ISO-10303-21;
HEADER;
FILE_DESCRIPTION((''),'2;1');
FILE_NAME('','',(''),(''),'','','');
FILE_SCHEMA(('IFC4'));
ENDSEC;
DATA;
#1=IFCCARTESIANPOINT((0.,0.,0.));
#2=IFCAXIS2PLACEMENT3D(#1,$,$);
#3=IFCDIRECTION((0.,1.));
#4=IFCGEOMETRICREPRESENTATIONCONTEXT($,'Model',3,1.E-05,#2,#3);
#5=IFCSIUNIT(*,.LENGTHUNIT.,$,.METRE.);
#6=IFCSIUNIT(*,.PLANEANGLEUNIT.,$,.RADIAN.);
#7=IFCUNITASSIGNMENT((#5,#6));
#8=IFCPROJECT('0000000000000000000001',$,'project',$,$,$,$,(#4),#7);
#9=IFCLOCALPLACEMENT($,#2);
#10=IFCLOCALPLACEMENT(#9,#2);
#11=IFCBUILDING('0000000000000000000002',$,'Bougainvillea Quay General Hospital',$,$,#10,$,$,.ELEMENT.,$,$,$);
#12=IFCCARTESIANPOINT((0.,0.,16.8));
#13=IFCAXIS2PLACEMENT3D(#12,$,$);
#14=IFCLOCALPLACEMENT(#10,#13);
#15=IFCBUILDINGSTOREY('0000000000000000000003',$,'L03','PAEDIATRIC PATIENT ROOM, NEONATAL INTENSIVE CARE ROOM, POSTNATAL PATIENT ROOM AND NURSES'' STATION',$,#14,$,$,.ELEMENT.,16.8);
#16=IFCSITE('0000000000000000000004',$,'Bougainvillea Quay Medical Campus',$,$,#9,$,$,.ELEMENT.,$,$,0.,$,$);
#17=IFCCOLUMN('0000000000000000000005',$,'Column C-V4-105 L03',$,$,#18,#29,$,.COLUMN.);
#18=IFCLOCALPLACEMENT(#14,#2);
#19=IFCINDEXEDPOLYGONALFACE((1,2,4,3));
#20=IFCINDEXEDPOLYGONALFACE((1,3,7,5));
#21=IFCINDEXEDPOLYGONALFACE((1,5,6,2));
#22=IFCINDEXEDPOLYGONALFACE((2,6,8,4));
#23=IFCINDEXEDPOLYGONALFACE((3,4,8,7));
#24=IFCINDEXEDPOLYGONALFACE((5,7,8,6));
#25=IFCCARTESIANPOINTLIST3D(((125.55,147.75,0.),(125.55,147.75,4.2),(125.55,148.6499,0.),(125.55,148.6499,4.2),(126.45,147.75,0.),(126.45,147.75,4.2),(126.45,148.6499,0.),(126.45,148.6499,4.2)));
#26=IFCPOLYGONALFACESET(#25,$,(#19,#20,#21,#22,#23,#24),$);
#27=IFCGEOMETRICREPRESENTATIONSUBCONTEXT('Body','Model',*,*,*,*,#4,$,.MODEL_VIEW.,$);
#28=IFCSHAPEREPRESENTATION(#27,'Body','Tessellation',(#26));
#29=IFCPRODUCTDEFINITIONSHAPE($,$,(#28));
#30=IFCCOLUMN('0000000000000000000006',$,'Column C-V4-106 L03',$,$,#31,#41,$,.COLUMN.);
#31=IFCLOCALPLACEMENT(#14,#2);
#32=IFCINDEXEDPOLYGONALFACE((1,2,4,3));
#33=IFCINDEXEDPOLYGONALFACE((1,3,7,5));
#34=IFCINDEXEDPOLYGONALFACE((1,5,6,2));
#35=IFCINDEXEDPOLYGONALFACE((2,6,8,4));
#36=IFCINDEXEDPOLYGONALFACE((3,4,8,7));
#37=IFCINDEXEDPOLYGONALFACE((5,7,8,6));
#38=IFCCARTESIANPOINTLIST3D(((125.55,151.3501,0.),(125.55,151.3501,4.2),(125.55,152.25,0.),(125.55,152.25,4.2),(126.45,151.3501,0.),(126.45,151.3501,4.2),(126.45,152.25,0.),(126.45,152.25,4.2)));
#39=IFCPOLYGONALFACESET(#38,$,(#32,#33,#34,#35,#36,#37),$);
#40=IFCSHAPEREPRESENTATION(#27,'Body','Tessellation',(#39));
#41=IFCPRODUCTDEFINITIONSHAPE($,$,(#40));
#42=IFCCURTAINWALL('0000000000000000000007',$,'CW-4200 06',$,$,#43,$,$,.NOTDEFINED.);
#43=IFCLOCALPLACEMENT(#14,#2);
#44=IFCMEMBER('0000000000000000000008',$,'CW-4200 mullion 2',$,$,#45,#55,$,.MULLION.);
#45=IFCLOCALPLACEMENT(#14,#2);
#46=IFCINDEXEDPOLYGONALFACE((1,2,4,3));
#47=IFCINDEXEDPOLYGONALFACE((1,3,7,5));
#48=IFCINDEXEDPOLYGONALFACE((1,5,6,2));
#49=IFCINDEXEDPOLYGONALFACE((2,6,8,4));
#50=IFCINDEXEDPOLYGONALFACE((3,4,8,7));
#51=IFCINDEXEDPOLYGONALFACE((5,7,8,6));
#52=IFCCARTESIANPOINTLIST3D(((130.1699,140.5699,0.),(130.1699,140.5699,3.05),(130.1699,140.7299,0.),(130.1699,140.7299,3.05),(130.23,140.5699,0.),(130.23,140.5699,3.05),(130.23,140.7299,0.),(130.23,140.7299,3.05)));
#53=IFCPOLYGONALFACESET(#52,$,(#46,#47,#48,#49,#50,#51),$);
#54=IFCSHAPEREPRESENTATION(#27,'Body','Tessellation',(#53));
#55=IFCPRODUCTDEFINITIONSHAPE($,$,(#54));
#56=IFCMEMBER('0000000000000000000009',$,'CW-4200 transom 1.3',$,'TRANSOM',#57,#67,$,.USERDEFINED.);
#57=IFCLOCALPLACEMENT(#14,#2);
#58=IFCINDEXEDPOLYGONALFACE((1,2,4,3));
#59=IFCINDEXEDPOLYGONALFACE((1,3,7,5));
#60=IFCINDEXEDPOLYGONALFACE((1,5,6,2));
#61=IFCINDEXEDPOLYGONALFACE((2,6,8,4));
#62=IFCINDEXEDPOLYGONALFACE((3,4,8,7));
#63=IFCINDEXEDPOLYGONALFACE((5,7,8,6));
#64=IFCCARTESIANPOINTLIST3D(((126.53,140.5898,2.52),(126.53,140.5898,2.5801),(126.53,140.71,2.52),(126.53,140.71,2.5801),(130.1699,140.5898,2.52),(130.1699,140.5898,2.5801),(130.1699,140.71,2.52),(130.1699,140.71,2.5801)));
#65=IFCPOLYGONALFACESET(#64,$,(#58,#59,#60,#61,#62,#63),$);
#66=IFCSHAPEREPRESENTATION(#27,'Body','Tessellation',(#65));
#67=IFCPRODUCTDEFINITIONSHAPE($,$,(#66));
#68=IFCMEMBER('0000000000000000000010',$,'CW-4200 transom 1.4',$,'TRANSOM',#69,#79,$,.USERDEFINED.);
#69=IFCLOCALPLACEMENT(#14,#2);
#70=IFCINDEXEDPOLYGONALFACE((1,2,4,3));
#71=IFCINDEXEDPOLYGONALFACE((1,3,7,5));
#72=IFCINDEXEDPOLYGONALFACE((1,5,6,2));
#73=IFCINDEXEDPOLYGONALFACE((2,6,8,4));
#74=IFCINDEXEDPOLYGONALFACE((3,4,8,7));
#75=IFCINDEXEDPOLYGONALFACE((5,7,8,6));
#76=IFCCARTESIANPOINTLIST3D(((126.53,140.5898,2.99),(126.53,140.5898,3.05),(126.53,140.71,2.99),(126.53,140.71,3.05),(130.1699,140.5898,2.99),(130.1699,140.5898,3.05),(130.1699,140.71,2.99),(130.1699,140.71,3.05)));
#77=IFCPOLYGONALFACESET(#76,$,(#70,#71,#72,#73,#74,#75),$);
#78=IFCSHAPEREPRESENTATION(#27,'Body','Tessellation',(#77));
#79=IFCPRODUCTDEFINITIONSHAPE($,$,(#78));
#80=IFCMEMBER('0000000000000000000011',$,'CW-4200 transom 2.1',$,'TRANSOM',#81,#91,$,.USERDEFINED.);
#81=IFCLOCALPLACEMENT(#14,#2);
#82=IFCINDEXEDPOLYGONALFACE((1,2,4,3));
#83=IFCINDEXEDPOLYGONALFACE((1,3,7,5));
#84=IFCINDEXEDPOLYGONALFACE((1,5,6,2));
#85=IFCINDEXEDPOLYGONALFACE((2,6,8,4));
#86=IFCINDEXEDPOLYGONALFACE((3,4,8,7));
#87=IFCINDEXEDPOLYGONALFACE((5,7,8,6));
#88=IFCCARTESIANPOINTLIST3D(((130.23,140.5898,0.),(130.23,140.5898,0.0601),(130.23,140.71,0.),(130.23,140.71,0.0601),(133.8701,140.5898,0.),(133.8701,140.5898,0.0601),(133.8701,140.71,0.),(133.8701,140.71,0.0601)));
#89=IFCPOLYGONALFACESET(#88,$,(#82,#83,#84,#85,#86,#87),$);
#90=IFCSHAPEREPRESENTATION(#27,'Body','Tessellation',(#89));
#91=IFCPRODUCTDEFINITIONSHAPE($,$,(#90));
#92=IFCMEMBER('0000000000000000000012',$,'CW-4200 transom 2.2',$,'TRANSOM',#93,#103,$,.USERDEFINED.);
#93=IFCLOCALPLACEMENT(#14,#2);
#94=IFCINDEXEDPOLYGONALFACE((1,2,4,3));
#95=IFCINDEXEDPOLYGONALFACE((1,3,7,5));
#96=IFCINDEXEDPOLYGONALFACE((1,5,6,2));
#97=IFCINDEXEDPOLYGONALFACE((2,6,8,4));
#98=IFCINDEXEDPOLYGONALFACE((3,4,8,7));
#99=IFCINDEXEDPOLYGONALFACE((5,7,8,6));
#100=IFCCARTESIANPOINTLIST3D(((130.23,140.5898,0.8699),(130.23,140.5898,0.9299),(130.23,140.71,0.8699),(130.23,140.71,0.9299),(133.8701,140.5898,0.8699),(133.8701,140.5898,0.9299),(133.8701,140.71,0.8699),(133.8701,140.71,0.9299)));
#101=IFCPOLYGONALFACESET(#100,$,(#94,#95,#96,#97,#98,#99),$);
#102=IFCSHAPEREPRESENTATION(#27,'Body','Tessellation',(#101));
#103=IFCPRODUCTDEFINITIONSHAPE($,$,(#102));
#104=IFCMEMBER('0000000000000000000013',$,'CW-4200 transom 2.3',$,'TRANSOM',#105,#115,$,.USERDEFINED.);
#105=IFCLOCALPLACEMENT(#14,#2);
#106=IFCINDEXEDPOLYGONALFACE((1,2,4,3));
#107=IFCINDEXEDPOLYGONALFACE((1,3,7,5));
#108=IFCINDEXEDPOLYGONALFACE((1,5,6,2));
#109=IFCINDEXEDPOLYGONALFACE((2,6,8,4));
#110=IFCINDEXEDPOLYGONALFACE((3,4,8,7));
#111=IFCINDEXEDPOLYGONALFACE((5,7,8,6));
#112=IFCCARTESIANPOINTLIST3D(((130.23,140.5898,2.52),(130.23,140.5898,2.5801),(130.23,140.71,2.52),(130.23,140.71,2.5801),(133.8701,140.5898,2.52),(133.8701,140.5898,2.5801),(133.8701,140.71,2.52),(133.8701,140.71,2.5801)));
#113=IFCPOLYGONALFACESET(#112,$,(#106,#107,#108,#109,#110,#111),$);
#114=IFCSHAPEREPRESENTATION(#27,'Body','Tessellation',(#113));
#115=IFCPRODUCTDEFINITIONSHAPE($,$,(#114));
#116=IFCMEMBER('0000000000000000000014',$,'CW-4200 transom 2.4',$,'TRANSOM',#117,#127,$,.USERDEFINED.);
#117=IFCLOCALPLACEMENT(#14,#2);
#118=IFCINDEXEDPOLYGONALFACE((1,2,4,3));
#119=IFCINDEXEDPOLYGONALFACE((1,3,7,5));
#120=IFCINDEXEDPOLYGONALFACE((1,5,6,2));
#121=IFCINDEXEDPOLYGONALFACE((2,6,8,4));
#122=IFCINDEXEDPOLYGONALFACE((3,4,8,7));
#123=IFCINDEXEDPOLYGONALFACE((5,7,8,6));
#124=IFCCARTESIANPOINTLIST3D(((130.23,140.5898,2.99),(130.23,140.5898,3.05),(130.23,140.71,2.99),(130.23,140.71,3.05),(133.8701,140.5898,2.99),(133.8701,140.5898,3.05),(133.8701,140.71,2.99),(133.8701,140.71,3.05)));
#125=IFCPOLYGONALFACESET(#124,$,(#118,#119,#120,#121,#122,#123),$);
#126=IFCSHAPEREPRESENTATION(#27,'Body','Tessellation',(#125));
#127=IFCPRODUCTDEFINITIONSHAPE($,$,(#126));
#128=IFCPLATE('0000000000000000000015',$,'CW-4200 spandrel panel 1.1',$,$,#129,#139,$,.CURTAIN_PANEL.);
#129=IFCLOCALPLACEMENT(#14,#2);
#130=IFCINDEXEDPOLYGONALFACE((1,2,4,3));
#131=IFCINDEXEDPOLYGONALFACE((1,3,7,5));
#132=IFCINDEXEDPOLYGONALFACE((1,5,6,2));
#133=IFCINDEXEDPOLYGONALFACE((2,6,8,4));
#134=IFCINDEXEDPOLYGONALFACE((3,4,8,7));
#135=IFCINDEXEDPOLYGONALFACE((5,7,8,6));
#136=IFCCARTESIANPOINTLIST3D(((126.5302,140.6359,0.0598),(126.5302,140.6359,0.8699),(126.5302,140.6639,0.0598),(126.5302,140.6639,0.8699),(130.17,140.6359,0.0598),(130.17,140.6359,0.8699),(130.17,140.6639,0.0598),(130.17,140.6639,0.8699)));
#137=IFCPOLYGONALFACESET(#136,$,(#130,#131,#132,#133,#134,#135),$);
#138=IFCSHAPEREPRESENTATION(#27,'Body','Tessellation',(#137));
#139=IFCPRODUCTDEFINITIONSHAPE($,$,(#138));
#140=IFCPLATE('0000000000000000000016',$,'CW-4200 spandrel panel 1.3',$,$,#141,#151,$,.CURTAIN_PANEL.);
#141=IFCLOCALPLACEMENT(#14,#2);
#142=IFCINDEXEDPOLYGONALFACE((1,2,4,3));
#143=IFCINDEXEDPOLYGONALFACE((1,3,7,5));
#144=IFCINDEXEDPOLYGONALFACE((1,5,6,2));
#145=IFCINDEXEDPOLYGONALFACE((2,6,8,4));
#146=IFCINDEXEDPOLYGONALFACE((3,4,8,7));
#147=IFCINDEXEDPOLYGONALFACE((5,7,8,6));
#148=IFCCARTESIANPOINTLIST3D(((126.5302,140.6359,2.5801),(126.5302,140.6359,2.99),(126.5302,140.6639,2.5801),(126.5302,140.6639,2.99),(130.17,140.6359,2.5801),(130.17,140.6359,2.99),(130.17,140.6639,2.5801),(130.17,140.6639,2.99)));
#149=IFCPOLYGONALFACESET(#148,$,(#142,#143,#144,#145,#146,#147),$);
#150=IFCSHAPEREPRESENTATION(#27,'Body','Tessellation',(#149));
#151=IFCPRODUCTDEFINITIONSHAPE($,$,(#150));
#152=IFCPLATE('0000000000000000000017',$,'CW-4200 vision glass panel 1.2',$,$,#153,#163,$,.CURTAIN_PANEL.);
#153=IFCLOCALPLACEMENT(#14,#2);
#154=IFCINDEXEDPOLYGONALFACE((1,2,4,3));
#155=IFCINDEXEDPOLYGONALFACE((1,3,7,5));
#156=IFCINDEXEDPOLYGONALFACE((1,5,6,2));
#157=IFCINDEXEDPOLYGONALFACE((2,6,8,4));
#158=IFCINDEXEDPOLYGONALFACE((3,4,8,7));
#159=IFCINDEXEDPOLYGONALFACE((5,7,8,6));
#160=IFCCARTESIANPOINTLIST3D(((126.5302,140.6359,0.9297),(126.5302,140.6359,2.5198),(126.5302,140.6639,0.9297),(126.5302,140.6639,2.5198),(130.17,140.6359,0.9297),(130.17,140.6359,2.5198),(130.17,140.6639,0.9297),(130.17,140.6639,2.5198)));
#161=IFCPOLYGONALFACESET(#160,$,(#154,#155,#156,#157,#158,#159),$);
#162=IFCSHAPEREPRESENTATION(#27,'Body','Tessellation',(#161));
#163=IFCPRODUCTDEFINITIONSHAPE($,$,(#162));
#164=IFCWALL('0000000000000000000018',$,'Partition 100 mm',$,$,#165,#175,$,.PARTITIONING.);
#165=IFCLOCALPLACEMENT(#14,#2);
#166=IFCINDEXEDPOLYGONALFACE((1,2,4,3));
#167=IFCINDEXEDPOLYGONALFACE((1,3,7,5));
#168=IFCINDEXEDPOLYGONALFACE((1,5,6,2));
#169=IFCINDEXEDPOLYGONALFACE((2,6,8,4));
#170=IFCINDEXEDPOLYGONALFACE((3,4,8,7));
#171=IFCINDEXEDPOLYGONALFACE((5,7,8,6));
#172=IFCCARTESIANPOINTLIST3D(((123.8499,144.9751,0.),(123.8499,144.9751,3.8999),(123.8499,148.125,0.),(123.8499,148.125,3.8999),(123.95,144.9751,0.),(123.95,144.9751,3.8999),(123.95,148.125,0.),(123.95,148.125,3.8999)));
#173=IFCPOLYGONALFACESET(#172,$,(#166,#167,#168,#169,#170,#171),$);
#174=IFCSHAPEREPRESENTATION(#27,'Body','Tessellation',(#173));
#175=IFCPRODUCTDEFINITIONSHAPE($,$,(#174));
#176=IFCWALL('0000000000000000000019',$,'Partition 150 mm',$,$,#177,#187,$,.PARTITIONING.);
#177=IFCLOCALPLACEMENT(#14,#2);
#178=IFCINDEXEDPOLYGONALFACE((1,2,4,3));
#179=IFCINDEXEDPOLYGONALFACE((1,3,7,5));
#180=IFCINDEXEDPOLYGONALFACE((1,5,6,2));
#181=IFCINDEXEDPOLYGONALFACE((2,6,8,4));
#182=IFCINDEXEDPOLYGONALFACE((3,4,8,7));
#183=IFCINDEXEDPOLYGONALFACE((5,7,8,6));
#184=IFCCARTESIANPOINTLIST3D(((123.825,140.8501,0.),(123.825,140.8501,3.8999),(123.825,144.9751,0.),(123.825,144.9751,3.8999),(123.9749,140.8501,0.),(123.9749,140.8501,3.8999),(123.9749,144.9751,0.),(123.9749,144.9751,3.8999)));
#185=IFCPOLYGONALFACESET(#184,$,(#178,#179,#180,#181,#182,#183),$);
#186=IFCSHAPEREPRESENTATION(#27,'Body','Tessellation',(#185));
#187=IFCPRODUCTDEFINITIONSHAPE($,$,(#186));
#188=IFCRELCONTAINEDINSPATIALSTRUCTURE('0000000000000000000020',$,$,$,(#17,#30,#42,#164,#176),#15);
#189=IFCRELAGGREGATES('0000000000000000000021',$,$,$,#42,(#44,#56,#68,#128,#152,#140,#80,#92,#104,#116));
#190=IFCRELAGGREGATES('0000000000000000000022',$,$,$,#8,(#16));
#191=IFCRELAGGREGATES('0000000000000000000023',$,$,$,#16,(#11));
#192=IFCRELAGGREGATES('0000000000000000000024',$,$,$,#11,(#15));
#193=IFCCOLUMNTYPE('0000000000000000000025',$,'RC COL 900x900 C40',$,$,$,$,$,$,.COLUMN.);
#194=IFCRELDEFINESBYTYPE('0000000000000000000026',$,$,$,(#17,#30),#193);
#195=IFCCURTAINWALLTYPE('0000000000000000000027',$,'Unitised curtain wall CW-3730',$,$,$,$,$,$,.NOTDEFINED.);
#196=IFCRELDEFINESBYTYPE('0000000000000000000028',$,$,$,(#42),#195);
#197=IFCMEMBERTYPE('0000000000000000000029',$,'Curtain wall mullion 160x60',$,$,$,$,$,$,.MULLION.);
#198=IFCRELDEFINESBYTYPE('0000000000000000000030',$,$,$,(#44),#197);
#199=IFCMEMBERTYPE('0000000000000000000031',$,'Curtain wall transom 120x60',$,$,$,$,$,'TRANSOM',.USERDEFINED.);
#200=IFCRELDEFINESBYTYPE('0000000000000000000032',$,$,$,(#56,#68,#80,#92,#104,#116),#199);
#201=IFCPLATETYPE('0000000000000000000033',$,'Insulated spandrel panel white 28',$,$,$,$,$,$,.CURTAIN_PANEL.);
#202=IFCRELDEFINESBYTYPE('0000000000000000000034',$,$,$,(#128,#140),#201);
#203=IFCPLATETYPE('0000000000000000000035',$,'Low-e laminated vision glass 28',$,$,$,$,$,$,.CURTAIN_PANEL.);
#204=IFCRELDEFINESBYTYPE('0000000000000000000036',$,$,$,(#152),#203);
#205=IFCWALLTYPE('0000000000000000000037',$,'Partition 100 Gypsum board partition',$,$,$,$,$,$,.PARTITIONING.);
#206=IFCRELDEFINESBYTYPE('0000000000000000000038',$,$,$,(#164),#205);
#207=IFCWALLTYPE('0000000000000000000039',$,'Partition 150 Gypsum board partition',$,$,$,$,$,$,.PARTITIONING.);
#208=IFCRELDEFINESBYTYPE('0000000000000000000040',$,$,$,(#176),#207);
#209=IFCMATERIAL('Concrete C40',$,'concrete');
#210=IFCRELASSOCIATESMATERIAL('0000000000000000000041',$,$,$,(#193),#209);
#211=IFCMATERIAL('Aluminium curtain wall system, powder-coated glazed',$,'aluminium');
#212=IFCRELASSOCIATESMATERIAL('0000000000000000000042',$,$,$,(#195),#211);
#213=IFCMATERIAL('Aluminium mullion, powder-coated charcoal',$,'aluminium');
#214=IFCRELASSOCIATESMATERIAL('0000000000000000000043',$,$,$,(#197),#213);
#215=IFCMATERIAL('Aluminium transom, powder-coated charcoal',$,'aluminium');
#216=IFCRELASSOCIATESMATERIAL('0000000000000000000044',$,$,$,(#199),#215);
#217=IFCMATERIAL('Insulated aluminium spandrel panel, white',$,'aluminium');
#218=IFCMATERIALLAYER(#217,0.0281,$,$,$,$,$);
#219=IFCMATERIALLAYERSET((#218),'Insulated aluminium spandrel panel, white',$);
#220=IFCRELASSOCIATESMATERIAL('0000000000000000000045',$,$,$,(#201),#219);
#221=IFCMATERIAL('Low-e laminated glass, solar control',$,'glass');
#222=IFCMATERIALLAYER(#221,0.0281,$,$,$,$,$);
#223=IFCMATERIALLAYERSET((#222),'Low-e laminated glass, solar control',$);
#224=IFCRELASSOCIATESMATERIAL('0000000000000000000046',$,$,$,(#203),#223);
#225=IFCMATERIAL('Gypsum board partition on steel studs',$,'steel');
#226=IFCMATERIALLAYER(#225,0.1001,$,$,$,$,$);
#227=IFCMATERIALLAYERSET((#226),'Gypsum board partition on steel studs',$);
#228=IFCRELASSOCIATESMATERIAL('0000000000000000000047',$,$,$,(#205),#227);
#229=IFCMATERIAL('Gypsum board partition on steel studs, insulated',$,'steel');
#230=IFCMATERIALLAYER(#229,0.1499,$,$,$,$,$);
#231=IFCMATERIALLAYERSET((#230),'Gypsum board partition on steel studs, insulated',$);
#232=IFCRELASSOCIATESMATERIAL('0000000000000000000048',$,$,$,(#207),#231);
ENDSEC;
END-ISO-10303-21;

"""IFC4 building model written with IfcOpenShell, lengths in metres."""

from ifc_helpers import new_model, si_unit, direction, frame, frame_2d, origin, origin_2d, place, context, subcontext, project, spatial, rectangle, extrude, material, layer, layer_set, material_profile, profile_set, type_object, element, aggregate, save


model = new_model("IFC4")

# Units and contexts
model_context = context("Model", 3, precision=1e-05, world=origin(), true_north=direction((0.0, 1.0)))
body_context = subcontext(model_context, "Body", "Model", "MODEL_VIEW")
ifc_project = project(units=[si_unit("LENGTHUNIT", "METRE"), si_unit("PLANEANGLEUNIT", "RADIAN")], contexts=[model_context])

# Site, building, storey
site_placement = place(None, origin())
site = spatial("IfcSite", under=ifc_project, at=site_placement, Name="Bougainvillea Quay Medical Campus", CompositionType="ELEMENT", RefElevation=0.0)
building_placement = place(site_placement, origin())
building = spatial("IfcBuilding", under=site, at=building_placement, Name="Bougainvillea Quay General Hospital", CompositionType="ELEMENT")
storey_placement = place(building_placement, frame((0.0, 0.0, 16.8)))
storey = spatial("IfcBuildingStorey", under=building, at=storey_placement, Name="L03", Description="PAEDIATRIC PATIENT ROOM, NEONATAL INTENSIVE CARE ROOM, POSTNATAL PATIENT ROOM AND NURSES' STATION", CompositionType="ELEMENT", Elevation=16.8)

# Columns
ifc_material_1 = material(Name="Concrete C40", Category="concrete")
ifc_material_profile_1 = material_profile(ifc_material_1, rectangle(XDim=0.8999, YDim=0.8999, at=origin_2d()))
ifc_profile_set_1 = profile_set([ifc_material_profile_1], Name="Concrete C40")
column_type = type_object("IfcColumnType", Name="RC COL 900x900 C40", PredefinedType="COLUMN", material=ifc_profile_set_1)
for number, where, z_axis, x_axis, name in (
    (1, (126.0, 148.2, 0.0), (0.0, 0.0, 1.0), (1.0, 0.0, 0.0), "Column C-V4-105 L03"),
    (2, (126.0, 151.8, 0.0), (0.0, 0.0, 1.0), (1.0, 0.0, 0.0), "Column C-V4-106 L03"),
):
    element("IfcColumn", number, at=place(storey_placement, frame(where, z_axis=z_axis, x_axis=x_axis)), inside=storey, type_object=column_type, Name=name, PredefinedType="COLUMN", context=body_context, shape_type="SweptSolid", body=[
        extrude(rectangle(XDim=0.8999, YDim=0.8999, at=origin_2d()), origin(), (0.0, 0.0, 1.0), 4.2),
    ])

# Curtain wall, members, plates
ifc_material_2 = material(Name="Aluminium curtain wall system, powder-coated glazed", Category="aluminium")
curtain_wall_type = type_object("IfcCurtainWallType", Name="Unitised curtain wall CW-3730", PredefinedType="NOTDEFINED", material=ifc_material_2)
curtain_wall_placement = place(storey_placement, origin())
curtain_wall = element("IfcCurtainWall", 3, at=curtain_wall_placement, inside=storey, type_object=curtain_wall_type, Name="CW-4200 06", PredefinedType="NOTDEFINED")
ifc_material_3 = material(Name="Aluminium mullion, powder-coated charcoal", Category="aluminium")
ifc_material_profile_2 = material_profile(ifc_material_3, rectangle(XDim=0.1599, YDim=0.0601, at=origin_2d()))
ifc_profile_set_2 = profile_set([ifc_material_profile_2], Name="Aluminium mullion, powder-coated charcoal")
member_type_1 = type_object("IfcMemberType", Name="Curtain wall mullion 160x60", PredefinedType="MULLION", material=ifc_profile_set_2)
member_1_placement = place(storey_placement, frame((130.2, 140.6499, 0.0), z_axis=(0.0, 0.0, 1.0), x_axis=(0.0, 1.0, 0.0)))
member_1 = element("IfcMember", 4, at=member_1_placement, type_object=member_type_1, Name="CW-4200 mullion 2", PredefinedType="MULLION", context=body_context, shape_type="SweptSolid", body=[
    extrude(rectangle(XDim=0.1599, YDim=0.0601, at=origin_2d()), origin(), (0.0, 0.0, 1.0), 3.05),
])
ifc_material_4 = material(Name="Aluminium transom, powder-coated charcoal", Category="aluminium")
ifc_material_profile_3 = material_profile(ifc_material_4, rectangle(XDim=0.1201, YDim=0.0601, at=origin_2d()))
ifc_profile_set_3 = profile_set([ifc_material_profile_3], Name="Aluminium transom, powder-coated charcoal")
member_type_2 = type_object("IfcMemberType", Name="Curtain wall transom 120x60", ElementType="TRANSOM", PredefinedType="USERDEFINED", material=ifc_profile_set_3)
member_2_placement = place(storey_placement, frame((126.53, 140.6499, 2.55), z_axis=(1.0, 0.0, 0.0), x_axis=(0.0, 1.0, 0.0)))
member_2 = element("IfcMember", 5, at=member_2_placement, type_object=member_type_2, Name="CW-4200 transom 1.3", ObjectType="TRANSOM", PredefinedType="USERDEFINED", context=body_context, shape_type="SweptSolid", body=[
    extrude(rectangle(XDim=0.1201, YDim=0.0601, at=origin_2d()), origin(), (0.0, 0.0, 1.0), 3.6399),
])
member_3_placement = place(storey_placement, frame((126.53, 140.6499, 3.02), z_axis=(1.0, 0.0, 0.0), x_axis=(0.0, 1.0, 0.0)))
member_3 = element("IfcMember", 6, at=member_3_placement, type_object=member_type_2, Name="CW-4200 transom 1.4", ObjectType="TRANSOM", PredefinedType="USERDEFINED", context=body_context, shape_type="SweptSolid", body=[
    extrude(rectangle(XDim=0.1201, YDim=0.0601, at=origin_2d()), origin(), (0.0, 0.0, 1.0), 3.6399),
])
member_4_placement = place(storey_placement, frame((130.23, 140.6499, 0.03), z_axis=(1.0, 0.0, 0.0), x_axis=(0.0, 1.0, 0.0)))
member_4 = element("IfcMember", 7, at=member_4_placement, type_object=member_type_2, Name="CW-4200 transom 2.1", ObjectType="TRANSOM", PredefinedType="USERDEFINED", context=body_context, shape_type="SweptSolid", body=[
    extrude(rectangle(XDim=0.1201, YDim=0.0601, at=origin_2d()), origin(), (0.0, 0.0, 1.0), 3.6401),
])
member_5_placement = place(storey_placement, frame((130.23, 140.6499, 0.8999), z_axis=(1.0, 0.0, 0.0), x_axis=(0.0, 1.0, 0.0)))
member_5 = element("IfcMember", 8, at=member_5_placement, type_object=member_type_2, Name="CW-4200 transom 2.2", ObjectType="TRANSOM", PredefinedType="USERDEFINED", context=body_context, shape_type="SweptSolid", body=[
    extrude(rectangle(XDim=0.1201, YDim=0.0601, at=origin_2d()), origin(), (0.0, 0.0, 1.0), 3.6401),
])
member_6_placement = place(storey_placement, frame((130.23, 140.6499, 2.55), z_axis=(1.0, 0.0, 0.0), x_axis=(0.0, 1.0, 0.0)))
member_6 = element("IfcMember", 9, at=member_6_placement, type_object=member_type_2, Name="CW-4200 transom 2.3", ObjectType="TRANSOM", PredefinedType="USERDEFINED", context=body_context, shape_type="SweptSolid", body=[
    extrude(rectangle(XDim=0.1201, YDim=0.0601, at=origin_2d()), origin(), (0.0, 0.0, 1.0), 3.6401),
])
member_7_placement = place(storey_placement, frame((130.23, 140.6499, 3.02), z_axis=(1.0, 0.0, 0.0), x_axis=(0.0, 1.0, 0.0)))
member_7 = element("IfcMember", 10, at=member_7_placement, type_object=member_type_2, Name="CW-4200 transom 2.4", ObjectType="TRANSOM", PredefinedType="USERDEFINED", context=body_context, shape_type="SweptSolid", body=[
    extrude(rectangle(XDim=0.1201, YDim=0.0601, at=origin_2d()), origin(), (0.0, 0.0, 1.0), 3.6401),
])
ifc_material_5 = material(Name="Insulated aluminium spandrel panel, white", Category="aluminium")
ifc_layer_1 = layer(ifc_material_5, 0.0281)
ifc_layer_set_1 = layer_set([ifc_layer_1], Name="Insulated aluminium spandrel panel, white")
plate_type_1 = type_object("IfcPlateType", Name="Insulated spandrel panel white 28", PredefinedType="CURTAIN_PANEL", material=ifc_layer_set_1)
plate_1_placement = place(storey_placement, frame((128.3501, 140.6499, 0.0598), z_axis=(0.0, 0.0, 1.0), x_axis=(1.0, 0.0, 0.0)))
plate_1 = element("IfcPlate", 11, at=plate_1_placement, type_object=plate_type_1, Name="CW-4200 spandrel panel 1.1", PredefinedType="CURTAIN_PANEL", context=body_context, shape_type="SweptSolid", body=[
    extrude(rectangle(XDim=3.6399, YDim=0.0281, at=origin_2d()), origin(), (0.0, 0.0, 1.0), 0.8101),
])
plate_2_placement = place(storey_placement, frame((128.3501, 140.6499, 2.5801), z_axis=(0.0, 0.0, 1.0), x_axis=(1.0, 0.0, 0.0)))
plate_2 = element("IfcPlate", 12, at=plate_2_placement, type_object=plate_type_1, Name="CW-4200 spandrel panel 1.3", PredefinedType="CURTAIN_PANEL", context=body_context, shape_type="SweptSolid", body=[
    extrude(rectangle(XDim=3.6399, YDim=0.0281, at=origin_2d()), origin(), (0.0, 0.0, 1.0), 0.4099),
])
ifc_material_6 = material(Name="Low-e laminated glass, solar control", Category="glass")
ifc_layer_2 = layer(ifc_material_6, 0.0281)
ifc_layer_set_2 = layer_set([ifc_layer_2], Name="Low-e laminated glass, solar control")
plate_type_2 = type_object("IfcPlateType", Name="Low-e laminated vision glass 28", PredefinedType="CURTAIN_PANEL", material=ifc_layer_set_2)
plate_3_placement = place(storey_placement, frame((128.3501, 140.6499, 0.9297), z_axis=(0.0, 0.0, 1.0), x_axis=(1.0, 0.0, 0.0)))
plate_3 = element("IfcPlate", 13, at=plate_3_placement, type_object=plate_type_2, Name="CW-4200 vision glass panel 1.2", PredefinedType="CURTAIN_PANEL", context=body_context, shape_type="SweptSolid", body=[
    extrude(rectangle(XDim=3.6399, YDim=0.0281, at=origin_2d()), origin(), (0.0, 0.0, 1.0), 1.5901),
])
aggregate(curtain_wall, [member_1, member_2, member_3, plate_1, plate_3, plate_2, member_4, member_5, member_6, member_7])

# Walls
ifc_material_7 = material(Name="Gypsum board partition on steel studs", Category="steel")
ifc_layer_3 = layer(ifc_material_7, 0.1001)
ifc_layer_set_3 = layer_set([ifc_layer_3], Name="Gypsum board partition on steel studs")
wall_type_1 = type_object("IfcWallType", Name="Partition 100 Gypsum board partition", PredefinedType="PARTITIONING", material=ifc_layer_set_3)
wall_1_placement = place(storey_placement, frame((123.8999, 144.9751, 0.0), z_axis=(0.0, 0.0, 1.0), x_axis=(0.0, 1.0, 0.0)))
element("IfcWall", 14, at=wall_1_placement, inside=storey, type_object=wall_type_1, Name="Partition 100 mm", PredefinedType="PARTITIONING", context=body_context, shape_type="SweptSolid", body=[
    extrude(rectangle(XDim=3.1499, YDim=0.1001, at=frame_2d((1.575, 0.0))), origin(), (0.0, 0.0, 1.0), 3.8999),
])
ifc_material_8 = material(Name="Gypsum board partition on steel studs, insulated", Category="steel")
ifc_layer_4 = layer(ifc_material_8, 0.1499)
ifc_layer_set_4 = layer_set([ifc_layer_4], Name="Gypsum board partition on steel studs, insulated")
wall_type_2 = type_object("IfcWallType", Name="Partition 150 Gypsum board partition", PredefinedType="PARTITIONING", material=ifc_layer_set_4)
wall_2_placement = place(storey_placement, frame((123.8999, 140.8501, 0.0), z_axis=(0.0, 0.0, 1.0), x_axis=(0.0, 1.0, 0.0)))
element("IfcWall", 15, at=wall_2_placement, inside=storey, type_object=wall_type_2, Name="Partition 150 mm", PredefinedType="PARTITIONING", context=body_context, shape_type="SweptSolid", body=[
    extrude(rectangle(XDim=4.125, YDim=0.1499, at=frame_2d((2.0625, 0.0))), origin(), (0.0, 0.0, 1.0), 3.8999),
])

save(model, "model.ifc")
